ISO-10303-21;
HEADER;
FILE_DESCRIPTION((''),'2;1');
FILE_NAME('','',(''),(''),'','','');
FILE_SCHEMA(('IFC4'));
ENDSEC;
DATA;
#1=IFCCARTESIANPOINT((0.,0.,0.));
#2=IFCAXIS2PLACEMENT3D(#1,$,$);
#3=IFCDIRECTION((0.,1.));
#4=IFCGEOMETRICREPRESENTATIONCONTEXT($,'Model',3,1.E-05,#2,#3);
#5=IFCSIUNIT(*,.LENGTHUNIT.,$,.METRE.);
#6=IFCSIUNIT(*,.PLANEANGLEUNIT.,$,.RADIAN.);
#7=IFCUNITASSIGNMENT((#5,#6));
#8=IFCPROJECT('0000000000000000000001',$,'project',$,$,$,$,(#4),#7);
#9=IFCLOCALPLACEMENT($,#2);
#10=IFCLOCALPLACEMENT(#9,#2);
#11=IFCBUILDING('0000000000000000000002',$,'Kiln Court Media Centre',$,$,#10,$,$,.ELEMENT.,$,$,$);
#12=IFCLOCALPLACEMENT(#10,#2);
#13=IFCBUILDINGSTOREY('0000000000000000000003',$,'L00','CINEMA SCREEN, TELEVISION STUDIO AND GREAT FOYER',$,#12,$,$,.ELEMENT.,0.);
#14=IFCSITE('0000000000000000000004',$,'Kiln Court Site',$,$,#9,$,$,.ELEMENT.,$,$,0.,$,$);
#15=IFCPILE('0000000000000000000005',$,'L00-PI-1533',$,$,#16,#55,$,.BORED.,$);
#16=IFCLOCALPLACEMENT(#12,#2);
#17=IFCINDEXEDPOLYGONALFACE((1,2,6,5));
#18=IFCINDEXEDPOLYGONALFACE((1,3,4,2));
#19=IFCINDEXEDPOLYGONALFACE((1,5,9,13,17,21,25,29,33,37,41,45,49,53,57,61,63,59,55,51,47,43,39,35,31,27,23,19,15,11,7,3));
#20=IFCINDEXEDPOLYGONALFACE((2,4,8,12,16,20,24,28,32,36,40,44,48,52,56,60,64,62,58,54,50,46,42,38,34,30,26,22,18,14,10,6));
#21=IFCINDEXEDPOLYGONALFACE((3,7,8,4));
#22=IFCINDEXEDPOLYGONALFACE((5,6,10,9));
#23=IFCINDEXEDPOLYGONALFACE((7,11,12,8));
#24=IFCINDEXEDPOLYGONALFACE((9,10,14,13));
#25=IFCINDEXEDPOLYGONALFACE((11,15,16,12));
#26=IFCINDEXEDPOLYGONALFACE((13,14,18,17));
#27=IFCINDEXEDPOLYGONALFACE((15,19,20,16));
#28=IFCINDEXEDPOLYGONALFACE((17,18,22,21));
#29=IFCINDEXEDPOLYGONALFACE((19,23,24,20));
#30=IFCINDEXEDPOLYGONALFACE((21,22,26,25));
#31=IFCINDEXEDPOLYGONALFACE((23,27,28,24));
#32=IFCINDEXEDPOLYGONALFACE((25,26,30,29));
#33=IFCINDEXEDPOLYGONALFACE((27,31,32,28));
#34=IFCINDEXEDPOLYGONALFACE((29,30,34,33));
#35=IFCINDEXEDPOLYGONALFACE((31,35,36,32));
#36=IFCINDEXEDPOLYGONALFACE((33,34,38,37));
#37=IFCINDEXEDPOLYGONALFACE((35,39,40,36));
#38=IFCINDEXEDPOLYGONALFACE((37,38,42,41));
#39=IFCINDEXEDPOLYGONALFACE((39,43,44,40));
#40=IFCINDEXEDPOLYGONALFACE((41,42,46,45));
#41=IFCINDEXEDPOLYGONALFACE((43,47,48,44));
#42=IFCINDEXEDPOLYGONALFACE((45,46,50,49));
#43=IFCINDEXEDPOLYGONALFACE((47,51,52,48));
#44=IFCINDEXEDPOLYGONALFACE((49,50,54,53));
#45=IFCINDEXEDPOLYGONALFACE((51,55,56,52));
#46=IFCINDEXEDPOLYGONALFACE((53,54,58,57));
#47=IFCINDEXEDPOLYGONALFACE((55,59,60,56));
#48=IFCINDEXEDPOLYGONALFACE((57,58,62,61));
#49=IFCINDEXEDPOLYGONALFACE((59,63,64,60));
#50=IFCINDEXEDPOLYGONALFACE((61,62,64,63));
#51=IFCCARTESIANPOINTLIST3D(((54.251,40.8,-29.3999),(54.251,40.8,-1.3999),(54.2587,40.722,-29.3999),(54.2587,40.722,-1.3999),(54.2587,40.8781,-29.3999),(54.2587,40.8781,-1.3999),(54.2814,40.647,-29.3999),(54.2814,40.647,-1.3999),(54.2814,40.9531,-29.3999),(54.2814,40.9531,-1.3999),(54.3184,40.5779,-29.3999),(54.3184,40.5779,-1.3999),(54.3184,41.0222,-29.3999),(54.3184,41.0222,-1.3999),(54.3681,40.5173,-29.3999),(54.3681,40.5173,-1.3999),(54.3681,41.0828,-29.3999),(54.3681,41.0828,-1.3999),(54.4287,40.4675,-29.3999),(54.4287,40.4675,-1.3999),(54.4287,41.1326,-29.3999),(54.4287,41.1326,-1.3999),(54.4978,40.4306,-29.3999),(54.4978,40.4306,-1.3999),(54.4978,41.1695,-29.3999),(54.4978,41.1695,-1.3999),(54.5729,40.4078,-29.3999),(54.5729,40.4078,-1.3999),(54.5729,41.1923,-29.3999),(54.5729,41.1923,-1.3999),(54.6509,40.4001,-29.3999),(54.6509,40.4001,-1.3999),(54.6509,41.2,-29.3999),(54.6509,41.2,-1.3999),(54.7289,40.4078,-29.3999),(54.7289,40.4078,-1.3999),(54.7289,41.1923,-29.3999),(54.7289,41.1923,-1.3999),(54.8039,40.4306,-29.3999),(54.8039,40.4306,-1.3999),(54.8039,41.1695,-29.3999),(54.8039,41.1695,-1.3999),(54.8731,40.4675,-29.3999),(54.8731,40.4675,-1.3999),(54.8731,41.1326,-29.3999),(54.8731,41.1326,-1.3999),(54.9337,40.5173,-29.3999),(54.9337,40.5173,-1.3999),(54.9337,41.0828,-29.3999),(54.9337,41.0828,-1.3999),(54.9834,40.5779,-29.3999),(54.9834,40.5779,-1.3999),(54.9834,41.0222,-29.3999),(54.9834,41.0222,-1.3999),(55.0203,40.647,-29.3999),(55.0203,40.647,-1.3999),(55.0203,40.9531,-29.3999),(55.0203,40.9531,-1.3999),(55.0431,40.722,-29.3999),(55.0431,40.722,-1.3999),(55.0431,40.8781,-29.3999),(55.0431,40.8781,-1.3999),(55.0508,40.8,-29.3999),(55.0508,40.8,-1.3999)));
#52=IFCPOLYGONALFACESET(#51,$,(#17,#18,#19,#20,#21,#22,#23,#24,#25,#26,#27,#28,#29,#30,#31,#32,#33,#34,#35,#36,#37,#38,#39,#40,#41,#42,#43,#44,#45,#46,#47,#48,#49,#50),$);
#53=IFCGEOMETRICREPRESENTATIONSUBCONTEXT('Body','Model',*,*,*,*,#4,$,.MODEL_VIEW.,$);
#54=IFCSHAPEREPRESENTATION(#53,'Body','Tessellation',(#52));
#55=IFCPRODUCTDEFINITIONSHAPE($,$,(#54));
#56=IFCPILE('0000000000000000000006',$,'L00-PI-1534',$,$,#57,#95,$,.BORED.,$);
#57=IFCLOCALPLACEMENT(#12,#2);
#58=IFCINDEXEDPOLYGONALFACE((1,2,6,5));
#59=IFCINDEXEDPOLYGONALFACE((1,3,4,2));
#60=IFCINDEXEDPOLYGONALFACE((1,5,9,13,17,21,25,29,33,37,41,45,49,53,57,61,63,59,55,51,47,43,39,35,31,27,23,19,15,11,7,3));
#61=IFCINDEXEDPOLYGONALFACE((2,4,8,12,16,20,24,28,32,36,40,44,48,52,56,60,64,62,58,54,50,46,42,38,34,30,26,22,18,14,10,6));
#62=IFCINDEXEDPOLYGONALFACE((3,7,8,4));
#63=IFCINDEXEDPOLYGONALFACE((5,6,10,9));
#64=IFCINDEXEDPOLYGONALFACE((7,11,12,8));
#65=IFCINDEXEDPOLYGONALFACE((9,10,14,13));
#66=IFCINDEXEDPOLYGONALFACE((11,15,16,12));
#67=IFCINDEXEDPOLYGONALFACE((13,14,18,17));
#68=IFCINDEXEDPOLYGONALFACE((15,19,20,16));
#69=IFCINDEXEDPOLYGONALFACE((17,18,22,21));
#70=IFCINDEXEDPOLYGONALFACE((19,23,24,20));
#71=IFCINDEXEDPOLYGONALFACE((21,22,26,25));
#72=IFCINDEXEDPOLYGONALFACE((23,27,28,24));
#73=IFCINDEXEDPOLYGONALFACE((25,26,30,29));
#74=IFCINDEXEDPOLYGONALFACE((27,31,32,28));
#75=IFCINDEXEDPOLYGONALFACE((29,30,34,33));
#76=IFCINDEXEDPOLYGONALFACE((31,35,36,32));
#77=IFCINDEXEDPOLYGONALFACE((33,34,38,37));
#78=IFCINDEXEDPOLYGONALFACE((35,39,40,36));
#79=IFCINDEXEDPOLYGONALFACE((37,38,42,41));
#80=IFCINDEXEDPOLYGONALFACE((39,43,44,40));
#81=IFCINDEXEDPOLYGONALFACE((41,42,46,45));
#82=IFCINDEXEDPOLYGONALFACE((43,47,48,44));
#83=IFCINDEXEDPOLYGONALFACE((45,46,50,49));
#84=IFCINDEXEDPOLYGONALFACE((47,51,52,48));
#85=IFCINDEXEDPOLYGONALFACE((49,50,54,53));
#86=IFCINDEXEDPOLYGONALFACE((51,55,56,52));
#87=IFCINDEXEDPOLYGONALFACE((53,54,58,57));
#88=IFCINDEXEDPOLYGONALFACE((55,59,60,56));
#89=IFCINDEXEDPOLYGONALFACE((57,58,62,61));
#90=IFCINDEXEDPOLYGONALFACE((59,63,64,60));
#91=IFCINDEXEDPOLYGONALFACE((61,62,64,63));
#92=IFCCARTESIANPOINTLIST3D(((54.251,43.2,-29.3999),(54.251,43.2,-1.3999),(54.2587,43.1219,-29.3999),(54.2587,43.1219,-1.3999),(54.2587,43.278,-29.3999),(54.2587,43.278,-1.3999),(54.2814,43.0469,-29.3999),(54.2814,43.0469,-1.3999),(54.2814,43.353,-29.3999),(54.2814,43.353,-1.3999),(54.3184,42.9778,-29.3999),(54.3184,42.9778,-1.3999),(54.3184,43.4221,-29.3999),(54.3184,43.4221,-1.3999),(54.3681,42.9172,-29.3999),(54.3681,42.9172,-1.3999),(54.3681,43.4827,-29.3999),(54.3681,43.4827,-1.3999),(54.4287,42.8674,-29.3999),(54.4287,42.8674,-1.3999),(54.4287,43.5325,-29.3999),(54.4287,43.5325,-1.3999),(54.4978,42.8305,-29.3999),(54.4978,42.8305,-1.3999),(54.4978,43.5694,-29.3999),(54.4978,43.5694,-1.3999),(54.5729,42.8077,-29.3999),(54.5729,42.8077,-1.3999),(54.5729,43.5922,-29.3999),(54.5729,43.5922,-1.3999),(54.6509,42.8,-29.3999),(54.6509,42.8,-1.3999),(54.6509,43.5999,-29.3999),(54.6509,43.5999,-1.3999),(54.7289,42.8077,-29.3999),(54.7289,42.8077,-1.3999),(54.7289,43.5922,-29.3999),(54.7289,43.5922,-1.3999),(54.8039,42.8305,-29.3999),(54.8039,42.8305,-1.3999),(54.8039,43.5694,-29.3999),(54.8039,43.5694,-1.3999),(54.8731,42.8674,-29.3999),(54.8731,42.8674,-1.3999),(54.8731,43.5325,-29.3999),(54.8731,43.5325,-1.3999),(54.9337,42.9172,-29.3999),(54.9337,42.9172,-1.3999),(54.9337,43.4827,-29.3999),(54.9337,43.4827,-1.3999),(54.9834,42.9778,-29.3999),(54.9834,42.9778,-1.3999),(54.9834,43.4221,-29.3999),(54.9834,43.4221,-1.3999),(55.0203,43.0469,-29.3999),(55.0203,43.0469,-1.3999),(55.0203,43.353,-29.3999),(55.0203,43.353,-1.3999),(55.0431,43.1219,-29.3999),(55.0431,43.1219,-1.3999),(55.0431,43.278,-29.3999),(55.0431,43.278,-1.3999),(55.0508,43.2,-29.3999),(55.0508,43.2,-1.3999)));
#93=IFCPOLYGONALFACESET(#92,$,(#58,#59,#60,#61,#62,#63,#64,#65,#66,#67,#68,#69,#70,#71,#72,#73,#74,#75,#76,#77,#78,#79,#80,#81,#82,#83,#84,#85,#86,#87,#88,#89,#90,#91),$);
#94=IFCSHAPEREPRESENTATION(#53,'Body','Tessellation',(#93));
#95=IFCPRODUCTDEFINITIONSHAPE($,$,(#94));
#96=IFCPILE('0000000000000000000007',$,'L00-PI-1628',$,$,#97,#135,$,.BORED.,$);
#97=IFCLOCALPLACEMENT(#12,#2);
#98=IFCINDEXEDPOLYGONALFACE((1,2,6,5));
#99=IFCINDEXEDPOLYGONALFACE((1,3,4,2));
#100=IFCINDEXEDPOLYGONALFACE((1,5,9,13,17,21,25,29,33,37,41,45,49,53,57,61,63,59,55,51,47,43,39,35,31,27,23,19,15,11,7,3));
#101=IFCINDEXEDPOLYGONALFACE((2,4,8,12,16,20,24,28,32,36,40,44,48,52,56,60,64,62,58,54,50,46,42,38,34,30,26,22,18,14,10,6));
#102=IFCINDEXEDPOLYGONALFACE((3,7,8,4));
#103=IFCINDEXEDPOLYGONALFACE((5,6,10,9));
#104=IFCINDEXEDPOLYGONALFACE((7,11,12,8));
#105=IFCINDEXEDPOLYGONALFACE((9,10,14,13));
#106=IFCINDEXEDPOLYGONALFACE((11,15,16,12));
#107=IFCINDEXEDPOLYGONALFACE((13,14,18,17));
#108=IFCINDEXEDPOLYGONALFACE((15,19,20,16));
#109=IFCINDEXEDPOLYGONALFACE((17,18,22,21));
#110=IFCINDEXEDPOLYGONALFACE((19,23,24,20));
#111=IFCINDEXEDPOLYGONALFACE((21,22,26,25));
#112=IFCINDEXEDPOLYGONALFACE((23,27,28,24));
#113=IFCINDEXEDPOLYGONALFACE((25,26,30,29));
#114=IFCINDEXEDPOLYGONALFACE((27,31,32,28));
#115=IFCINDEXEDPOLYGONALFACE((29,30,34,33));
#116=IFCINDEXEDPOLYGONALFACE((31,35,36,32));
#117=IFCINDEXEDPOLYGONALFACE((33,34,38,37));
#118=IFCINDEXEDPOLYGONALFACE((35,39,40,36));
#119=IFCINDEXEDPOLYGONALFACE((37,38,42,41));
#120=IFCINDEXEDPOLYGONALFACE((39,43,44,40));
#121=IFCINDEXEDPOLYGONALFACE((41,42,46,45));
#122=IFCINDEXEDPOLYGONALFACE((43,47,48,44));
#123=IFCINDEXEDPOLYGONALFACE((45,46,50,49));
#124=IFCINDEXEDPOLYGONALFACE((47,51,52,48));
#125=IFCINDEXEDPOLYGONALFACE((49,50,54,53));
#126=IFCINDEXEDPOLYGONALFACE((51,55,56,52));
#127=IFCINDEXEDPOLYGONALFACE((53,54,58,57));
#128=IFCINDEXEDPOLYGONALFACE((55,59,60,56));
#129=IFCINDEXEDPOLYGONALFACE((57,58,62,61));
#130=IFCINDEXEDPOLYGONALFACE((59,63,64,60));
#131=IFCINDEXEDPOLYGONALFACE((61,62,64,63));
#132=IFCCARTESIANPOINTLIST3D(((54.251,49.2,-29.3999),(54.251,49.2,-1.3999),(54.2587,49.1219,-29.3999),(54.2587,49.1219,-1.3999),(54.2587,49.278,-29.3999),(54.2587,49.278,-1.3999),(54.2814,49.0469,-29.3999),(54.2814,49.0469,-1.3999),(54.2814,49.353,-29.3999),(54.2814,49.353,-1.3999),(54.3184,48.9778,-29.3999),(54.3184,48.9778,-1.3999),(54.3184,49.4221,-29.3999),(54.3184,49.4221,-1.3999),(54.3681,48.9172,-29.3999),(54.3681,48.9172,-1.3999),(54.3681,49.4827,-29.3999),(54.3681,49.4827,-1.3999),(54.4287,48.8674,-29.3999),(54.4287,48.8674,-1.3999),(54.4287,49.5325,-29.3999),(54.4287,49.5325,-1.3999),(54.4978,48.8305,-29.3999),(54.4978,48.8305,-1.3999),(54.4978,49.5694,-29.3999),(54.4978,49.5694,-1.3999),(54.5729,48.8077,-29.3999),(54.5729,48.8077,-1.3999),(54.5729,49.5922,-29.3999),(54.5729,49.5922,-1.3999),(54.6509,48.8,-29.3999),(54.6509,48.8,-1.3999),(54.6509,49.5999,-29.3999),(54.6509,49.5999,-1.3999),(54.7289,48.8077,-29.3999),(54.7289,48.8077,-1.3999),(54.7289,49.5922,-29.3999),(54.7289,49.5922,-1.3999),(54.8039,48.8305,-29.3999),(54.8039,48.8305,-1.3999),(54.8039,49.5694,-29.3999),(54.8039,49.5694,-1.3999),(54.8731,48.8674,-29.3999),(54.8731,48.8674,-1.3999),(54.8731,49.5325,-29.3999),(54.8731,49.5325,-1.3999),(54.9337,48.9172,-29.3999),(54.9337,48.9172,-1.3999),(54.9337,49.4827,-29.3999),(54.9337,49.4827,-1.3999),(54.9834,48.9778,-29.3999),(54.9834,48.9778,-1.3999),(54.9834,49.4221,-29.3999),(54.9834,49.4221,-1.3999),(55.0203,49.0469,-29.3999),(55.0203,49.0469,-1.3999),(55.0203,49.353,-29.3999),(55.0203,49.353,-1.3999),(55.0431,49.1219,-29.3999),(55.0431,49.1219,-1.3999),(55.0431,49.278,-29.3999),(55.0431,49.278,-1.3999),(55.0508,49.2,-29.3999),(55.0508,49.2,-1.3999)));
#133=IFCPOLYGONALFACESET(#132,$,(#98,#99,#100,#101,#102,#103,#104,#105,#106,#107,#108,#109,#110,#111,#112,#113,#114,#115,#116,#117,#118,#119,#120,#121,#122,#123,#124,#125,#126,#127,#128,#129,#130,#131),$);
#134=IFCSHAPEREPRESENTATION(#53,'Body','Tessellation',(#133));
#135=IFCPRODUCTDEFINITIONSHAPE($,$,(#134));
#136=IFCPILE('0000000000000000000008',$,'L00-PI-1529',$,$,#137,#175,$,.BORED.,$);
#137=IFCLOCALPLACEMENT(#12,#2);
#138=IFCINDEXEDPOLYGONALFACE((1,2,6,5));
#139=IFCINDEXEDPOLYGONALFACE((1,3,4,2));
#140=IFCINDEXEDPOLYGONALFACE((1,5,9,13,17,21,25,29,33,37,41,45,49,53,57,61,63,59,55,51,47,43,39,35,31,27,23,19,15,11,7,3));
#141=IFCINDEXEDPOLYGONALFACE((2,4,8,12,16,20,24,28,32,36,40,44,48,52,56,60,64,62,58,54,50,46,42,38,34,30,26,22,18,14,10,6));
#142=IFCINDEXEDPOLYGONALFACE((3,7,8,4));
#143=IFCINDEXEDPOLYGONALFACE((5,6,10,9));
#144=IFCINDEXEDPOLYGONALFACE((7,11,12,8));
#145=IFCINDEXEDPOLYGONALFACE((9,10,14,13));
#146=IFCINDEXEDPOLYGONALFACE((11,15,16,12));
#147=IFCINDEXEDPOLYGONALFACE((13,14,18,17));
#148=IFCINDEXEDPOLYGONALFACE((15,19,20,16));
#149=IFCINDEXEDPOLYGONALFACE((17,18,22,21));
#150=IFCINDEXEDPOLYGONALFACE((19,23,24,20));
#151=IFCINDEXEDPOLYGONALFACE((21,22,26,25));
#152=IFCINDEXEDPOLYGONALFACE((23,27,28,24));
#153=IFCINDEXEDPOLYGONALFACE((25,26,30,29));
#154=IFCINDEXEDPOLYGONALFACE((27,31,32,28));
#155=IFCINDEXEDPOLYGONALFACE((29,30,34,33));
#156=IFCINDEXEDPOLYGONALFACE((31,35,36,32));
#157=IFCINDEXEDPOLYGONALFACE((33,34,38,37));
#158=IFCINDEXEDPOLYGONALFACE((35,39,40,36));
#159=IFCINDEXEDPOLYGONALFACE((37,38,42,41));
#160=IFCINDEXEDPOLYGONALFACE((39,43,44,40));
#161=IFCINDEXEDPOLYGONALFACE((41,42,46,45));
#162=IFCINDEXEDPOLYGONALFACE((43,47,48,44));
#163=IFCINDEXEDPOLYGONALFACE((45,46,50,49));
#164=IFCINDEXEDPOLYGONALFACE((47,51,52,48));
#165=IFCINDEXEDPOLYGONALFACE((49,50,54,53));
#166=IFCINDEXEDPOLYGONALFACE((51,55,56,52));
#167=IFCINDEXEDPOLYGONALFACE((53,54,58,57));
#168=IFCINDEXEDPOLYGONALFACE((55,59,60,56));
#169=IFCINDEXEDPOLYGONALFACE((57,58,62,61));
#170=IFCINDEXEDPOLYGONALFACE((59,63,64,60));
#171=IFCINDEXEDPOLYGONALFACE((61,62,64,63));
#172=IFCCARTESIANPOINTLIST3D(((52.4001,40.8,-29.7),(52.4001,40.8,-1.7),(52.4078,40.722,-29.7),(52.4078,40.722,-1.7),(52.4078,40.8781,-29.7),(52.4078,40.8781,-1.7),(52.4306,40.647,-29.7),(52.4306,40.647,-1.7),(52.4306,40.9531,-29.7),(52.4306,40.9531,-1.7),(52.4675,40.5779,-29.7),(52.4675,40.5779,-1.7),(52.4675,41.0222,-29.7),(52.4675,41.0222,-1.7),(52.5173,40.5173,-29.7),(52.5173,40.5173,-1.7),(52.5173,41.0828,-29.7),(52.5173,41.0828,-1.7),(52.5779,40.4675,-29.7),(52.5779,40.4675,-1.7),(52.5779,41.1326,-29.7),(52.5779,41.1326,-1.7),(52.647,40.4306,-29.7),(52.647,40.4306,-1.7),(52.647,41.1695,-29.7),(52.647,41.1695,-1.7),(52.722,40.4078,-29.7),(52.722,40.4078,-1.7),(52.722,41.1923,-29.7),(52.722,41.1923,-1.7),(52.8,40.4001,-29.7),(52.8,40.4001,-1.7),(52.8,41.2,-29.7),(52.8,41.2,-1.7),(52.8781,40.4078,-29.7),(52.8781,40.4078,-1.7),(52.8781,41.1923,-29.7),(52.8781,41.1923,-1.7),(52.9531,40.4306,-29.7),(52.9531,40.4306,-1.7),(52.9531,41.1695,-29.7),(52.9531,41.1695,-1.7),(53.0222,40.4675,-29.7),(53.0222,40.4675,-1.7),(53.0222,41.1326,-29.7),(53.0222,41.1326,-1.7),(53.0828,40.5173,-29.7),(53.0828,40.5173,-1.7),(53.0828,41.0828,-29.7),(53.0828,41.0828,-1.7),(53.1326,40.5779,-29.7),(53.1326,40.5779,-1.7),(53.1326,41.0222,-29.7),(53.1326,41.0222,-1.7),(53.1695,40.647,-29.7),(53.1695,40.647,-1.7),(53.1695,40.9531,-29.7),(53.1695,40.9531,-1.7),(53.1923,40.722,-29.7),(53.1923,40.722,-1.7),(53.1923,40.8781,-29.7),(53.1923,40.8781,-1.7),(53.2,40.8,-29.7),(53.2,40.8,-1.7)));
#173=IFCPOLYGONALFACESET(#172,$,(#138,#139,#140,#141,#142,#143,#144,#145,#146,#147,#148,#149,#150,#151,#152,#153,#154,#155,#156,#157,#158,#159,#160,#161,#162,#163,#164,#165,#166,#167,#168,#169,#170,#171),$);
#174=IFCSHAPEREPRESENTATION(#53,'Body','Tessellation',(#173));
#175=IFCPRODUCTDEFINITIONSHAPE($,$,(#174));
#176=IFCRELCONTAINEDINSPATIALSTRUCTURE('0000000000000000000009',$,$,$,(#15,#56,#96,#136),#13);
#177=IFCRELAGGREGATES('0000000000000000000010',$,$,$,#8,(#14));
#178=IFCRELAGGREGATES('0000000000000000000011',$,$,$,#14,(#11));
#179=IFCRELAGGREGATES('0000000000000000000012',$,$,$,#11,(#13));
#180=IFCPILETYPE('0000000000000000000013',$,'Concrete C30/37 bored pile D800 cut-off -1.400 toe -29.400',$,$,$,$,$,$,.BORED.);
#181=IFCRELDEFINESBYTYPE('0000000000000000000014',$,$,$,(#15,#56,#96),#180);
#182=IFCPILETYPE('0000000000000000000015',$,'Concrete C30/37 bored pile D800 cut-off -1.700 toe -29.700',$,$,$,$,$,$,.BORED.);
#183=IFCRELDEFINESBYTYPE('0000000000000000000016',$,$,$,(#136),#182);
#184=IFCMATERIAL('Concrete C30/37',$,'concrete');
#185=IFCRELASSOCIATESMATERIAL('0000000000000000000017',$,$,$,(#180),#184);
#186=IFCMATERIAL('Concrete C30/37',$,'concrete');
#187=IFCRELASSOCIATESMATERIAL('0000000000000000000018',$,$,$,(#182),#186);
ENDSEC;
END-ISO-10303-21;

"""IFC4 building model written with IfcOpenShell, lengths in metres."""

from ifc_helpers import new_model, si_unit, direction, frame, origin, origin_2d, place, context, subcontext, project, spatial, circle, extrude, material, material_profile, profile_set, type_object, element, save


model = new_model("IFC4")

# Units and contexts
model_context = context("Model", 3, precision=1e-05, world=origin(), true_north=direction((0.0, 1.0)))
body_context = subcontext(model_context, "Body", "Model", "MODEL_VIEW")
ifc_project = project(units=[si_unit("LENGTHUNIT", "METRE"), si_unit("PLANEANGLEUNIT", "RADIAN")], contexts=[model_context])

# Site, building, storey
site_placement = place(None, origin())
site = spatial("IfcSite", under=ifc_project, at=site_placement, Name="Kiln Court Site", CompositionType="ELEMENT", RefElevation=0.0)
building_placement = place(site_placement, origin())
building = spatial("IfcBuilding", under=site, at=building_placement, Name="Kiln Court Media Centre", CompositionType="ELEMENT")
storey_placement = place(building_placement, origin())
storey = spatial("IfcBuildingStorey", under=building, at=storey_placement, Name="L00", Description="CINEMA SCREEN, TELEVISION STUDIO AND GREAT FOYER", CompositionType="ELEMENT", Elevation=0.0)

# Piles
ifc_material_1 = material(Name="Concrete C30/37", Category="concrete")
ifc_material_profile_1 = material_profile(ifc_material_1, circle(Radius=0.3999, at=origin_2d()), Name="PILE D800")
ifc_profile_set_1 = profile_set([ifc_material_profile_1], Name="Concrete C30/37")
pile_type_1 = type_object("IfcPileType", Name="Concrete C30/37 bored pile D800 cut-off -1.400 toe -29.400", PredefinedType="BORED", material=ifc_profile_set_1)
for number, where, z_axis, x_axis, name in (
    (1, (54.6509, 40.8, -1.3999), (0.0, 0.0, -1.0), (1.0, 0.0, 0.0), "L00-PI-1533"),
    (2, (54.6509, 43.2, -1.3999), (0.0, 0.0, -1.0), (1.0, 0.0, 0.0), "L00-PI-1534"),
    (3, (54.6509, 49.2, -1.3999), (0.0, 0.0, -1.0), (1.0, 0.0, 0.0), "L00-PI-1628"),
):
    element("IfcPile", number, at=place(storey_placement, frame(where, z_axis=z_axis, x_axis=x_axis)), inside=storey, type_object=pile_type_1, Name=name, PredefinedType="BORED", context=body_context, shape_type="SweptSolid", body=[
        extrude(circle(Radius=0.3999, at=origin_2d()), origin(), (0.0, 0.0, 1.0), 28.0),
    ])
ifc_material_2 = material(Name="Concrete C30/37", Category="concrete")
ifc_material_profile_2 = material_profile(ifc_material_2, circle(Radius=0.3999, at=origin_2d()), Name="PILE D800")
ifc_profile_set_2 = profile_set([ifc_material_profile_2], Name="Concrete C30/37")
pile_type_2 = type_object("IfcPileType", Name="Concrete C30/37 bored pile D800 cut-off -1.700 toe -29.700", PredefinedType="BORED", material=ifc_profile_set_2)
for number, where, z_axis, x_axis, name in (
    (4, (52.8, 40.8, -1.7), (0.0, 0.0, -1.0), (1.0, 0.0, 0.0), "L00-PI-1529"),
):
    element("IfcPile", number, at=place(storey_placement, frame(where, z_axis=z_axis, x_axis=x_axis)), inside=storey, type_object=pile_type_2, Name=name, PredefinedType="BORED", context=body_context, shape_type="SweptSolid", body=[
        extrude(circle(Radius=0.3999, at=origin_2d()), origin(), (0.0, 0.0, 1.0), 28.0),
    ])

save(model, "model.ifc")
